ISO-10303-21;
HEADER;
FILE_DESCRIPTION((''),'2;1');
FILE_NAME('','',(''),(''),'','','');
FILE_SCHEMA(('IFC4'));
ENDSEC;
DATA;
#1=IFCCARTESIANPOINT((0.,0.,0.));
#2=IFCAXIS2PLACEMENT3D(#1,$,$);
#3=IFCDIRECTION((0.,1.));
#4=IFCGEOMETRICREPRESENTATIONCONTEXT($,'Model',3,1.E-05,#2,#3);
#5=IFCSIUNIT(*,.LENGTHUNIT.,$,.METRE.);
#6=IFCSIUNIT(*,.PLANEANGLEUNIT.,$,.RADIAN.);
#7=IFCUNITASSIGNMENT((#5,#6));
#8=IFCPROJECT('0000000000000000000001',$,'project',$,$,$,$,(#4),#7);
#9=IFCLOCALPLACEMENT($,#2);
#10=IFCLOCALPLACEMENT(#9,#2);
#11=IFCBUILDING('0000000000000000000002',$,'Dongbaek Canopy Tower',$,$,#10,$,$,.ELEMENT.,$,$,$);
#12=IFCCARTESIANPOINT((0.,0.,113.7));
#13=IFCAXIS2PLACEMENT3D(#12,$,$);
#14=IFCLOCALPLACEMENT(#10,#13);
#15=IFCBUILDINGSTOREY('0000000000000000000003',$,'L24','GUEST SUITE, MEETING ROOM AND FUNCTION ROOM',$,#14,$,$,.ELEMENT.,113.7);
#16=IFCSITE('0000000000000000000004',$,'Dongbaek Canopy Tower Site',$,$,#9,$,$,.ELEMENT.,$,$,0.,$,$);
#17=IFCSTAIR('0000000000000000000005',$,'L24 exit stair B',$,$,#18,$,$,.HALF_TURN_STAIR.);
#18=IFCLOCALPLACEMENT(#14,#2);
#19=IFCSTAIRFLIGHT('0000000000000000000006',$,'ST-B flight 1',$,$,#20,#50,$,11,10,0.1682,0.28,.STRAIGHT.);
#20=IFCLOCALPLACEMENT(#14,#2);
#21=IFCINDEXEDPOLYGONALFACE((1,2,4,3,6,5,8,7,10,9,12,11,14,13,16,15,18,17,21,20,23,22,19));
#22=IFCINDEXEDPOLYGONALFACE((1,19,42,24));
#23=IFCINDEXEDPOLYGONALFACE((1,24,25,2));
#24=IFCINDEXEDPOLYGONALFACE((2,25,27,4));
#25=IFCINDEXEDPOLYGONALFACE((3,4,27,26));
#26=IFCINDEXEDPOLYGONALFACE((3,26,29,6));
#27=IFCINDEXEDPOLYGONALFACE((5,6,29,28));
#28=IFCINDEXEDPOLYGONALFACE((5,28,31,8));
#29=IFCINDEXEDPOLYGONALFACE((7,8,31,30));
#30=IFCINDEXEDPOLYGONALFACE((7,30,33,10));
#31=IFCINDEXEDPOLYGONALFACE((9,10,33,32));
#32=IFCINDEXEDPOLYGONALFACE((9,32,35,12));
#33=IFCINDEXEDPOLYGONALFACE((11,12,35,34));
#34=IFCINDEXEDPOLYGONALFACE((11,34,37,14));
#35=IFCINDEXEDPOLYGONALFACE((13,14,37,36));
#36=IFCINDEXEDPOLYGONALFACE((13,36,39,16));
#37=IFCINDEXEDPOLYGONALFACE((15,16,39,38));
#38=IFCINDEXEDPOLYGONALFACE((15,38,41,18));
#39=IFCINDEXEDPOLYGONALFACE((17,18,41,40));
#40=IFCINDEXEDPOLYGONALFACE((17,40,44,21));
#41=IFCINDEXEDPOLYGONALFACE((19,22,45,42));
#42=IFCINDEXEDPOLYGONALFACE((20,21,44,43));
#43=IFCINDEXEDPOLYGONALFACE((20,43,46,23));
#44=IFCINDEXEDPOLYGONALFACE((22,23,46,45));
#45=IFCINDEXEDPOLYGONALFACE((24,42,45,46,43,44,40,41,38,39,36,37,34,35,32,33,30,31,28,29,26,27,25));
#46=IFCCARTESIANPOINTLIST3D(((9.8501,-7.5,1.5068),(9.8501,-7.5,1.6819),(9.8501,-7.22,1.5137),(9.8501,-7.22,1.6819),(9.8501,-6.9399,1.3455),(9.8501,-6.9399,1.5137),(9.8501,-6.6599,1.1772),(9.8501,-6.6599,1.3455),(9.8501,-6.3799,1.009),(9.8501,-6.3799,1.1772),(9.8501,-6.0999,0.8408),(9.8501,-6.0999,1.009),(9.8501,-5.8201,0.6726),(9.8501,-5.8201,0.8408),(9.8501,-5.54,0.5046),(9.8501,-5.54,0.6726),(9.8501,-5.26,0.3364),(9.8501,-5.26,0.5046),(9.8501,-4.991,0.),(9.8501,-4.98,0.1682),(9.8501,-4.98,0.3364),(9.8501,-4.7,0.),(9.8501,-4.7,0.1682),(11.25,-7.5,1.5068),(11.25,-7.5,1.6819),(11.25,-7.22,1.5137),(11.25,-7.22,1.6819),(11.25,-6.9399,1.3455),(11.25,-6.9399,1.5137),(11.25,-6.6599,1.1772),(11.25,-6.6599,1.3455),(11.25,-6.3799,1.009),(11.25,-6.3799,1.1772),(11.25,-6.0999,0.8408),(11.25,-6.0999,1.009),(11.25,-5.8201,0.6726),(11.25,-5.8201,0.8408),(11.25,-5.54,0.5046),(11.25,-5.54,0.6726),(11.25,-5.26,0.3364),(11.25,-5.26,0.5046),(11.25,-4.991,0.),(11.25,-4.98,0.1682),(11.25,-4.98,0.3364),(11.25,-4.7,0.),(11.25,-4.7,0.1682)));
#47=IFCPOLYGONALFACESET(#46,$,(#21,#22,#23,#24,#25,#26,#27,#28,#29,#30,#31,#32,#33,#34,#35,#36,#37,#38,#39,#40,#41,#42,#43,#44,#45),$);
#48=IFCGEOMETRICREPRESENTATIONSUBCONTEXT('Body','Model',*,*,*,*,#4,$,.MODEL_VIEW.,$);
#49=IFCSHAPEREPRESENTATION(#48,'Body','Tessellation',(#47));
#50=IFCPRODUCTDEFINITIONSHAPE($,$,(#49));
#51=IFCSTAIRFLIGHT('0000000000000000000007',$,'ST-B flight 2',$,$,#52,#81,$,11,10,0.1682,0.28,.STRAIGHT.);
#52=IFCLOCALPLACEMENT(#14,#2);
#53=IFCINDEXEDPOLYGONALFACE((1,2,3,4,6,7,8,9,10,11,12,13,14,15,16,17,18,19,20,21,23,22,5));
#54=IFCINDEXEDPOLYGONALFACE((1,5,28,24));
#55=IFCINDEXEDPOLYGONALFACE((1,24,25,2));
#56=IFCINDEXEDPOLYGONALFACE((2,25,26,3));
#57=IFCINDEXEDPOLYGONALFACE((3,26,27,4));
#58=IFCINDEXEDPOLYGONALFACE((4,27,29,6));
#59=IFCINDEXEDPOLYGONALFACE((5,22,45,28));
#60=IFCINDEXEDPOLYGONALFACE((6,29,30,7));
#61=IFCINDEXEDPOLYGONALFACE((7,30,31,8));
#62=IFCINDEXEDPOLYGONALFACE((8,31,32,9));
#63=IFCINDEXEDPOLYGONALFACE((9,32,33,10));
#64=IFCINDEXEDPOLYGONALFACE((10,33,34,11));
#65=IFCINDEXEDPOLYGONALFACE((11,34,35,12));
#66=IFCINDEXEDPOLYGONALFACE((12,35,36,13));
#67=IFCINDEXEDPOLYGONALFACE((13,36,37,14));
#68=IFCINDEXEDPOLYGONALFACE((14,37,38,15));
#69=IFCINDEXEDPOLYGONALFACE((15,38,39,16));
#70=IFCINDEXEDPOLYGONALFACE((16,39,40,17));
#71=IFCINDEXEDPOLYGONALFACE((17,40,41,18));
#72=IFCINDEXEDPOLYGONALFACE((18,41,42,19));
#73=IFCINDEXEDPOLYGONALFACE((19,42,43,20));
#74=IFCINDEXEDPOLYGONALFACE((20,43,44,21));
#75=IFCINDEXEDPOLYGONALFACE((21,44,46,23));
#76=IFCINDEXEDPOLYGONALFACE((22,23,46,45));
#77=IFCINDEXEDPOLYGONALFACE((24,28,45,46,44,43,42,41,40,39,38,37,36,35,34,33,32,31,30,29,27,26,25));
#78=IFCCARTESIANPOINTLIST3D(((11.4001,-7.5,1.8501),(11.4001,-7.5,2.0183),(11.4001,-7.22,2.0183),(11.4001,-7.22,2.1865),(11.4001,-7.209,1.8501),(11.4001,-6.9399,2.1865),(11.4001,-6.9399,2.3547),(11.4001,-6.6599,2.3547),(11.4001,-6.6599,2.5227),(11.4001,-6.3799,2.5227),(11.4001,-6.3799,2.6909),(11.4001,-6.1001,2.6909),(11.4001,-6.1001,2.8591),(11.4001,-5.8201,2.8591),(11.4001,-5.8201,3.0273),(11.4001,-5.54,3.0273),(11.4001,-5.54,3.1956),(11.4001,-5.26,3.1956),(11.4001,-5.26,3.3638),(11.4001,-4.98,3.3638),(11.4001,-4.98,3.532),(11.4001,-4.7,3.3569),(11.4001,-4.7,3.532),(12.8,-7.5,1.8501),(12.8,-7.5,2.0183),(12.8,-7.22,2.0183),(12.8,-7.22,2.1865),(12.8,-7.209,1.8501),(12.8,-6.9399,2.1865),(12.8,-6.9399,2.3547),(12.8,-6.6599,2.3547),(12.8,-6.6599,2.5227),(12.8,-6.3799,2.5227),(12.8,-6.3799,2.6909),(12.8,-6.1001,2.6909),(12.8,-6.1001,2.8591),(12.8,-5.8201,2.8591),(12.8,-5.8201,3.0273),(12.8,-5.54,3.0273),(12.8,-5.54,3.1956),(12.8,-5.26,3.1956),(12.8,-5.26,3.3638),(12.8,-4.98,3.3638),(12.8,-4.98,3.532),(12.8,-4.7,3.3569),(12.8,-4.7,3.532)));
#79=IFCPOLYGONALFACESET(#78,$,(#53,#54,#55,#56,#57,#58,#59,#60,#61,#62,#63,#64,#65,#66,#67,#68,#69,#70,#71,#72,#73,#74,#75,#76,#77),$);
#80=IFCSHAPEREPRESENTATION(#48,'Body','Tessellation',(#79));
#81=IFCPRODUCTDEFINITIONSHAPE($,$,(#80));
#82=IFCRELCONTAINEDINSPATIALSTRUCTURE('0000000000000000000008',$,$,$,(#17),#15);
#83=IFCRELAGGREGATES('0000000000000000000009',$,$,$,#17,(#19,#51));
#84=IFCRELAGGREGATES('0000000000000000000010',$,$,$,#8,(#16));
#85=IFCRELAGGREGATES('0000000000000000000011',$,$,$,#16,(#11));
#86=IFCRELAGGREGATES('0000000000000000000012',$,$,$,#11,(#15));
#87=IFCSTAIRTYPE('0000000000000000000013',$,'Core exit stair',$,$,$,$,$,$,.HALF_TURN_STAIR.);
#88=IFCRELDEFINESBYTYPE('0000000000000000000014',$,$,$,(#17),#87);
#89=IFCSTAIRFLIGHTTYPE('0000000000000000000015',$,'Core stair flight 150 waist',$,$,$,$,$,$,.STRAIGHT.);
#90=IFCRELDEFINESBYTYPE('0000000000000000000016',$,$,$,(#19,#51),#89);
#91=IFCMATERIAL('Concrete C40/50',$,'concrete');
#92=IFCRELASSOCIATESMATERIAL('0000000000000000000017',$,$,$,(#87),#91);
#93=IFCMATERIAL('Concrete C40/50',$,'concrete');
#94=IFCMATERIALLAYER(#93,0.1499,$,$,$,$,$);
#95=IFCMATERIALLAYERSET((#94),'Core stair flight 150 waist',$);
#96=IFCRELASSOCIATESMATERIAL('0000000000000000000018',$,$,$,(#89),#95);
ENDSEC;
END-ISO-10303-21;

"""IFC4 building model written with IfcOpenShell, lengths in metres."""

from ifc_helpers import new_model, si_unit, direction, frame, origin, place, context, subcontext, project, spatial, polyline, outline, extrude, material, layer, layer_set, type_object, element, aggregate, save


model = new_model("IFC4")

# Units and contexts
model_context = context("Model", 3, precision=1e-05, world=origin(), true_north=direction((0.0, 1.0)))
body_context = subcontext(model_context, "Body", "Model", "MODEL_VIEW")
ifc_project = project(units=[si_unit("LENGTHUNIT", "METRE"), si_unit("PLANEANGLEUNIT", "RADIAN")], contexts=[model_context])

# Site, building, storey
site_placement = place(None, origin())
site = spatial("IfcSite", under=ifc_project, at=site_placement, Name="Dongbaek Canopy Tower Site", CompositionType="ELEMENT", RefElevation=0.0)
building_placement = place(site_placement, origin())
building = spatial("IfcBuilding", under=site, at=building_placement, Name="Dongbaek Canopy Tower", CompositionType="ELEMENT")
storey_placement = place(building_placement, frame((0.0, 0.0, 113.7)))
storey = spatial("IfcBuildingStorey", under=building, at=storey_placement, Name="L24", Description="GUEST SUITE, MEETING ROOM AND FUNCTION ROOM", CompositionType="ELEMENT", Elevation=113.7)

# Stair
ifc_material_1 = material(Name="Concrete C40/50", Category="concrete")
stair_type = type_object("IfcStairType", Name="Core exit stair", PredefinedType="HALF_TURN_STAIR", material=ifc_material_1)
stair_1_placement = place(storey_placement, origin())
stair_1 = element("IfcStair", 1, at=stair_1_placement, inside=storey, type_object=stair_type, Name="L24 exit stair B", PredefinedType="HALF_TURN_STAIR")

# Stair flights
ifc_material_2 = material(Name="Concrete C40/50", Category="concrete")
ifc_layer_1 = layer(ifc_material_2, 0.1499)
ifc_layer_set_1 = layer_set([ifc_layer_1], Name="Core stair flight 150 waist")
stair_flight_type = type_object("IfcStairFlightType", Name="Core stair flight 150 waist", PredefinedType="STRAIGHT", material=ifc_layer_set_1)
stair_flight_1_placement = place(storey_placement, frame((10.55, -4.7, 0.0), z_axis=(0.0, 0.0, 1.0), x_axis=(0.0, -1.0, 0.0)))
stair_flight_1 = element("IfcStairFlight", 2, at=stair_flight_1_placement, type_object=stair_flight_type, Name="ST-B flight 1", NumberOfRisers=11, NumberOfTreads=10, PredefinedType="STRAIGHT", RiserHeight=0.1682, TreadLength=0.28, context=body_context, shape_type="SweptSolid", body=[
    extrude(outline(polyline([(0.0, 0.0), (0.0, 0.1682), (0.28, 0.1682), (0.28, 0.3364), (0.5601, 0.3364), (0.5601, 0.5046), (0.8401, 0.5046), (0.8401, 0.6726), (1.1201, 0.6726), (1.1201, 0.8408), (1.3999, 0.8408), (1.3999, 1.009), (1.6799, 1.009), (1.6799, 1.1772), (1.96, 1.1772), (1.96, 1.3455), (2.24, 1.3455), (2.24, 1.5137), (2.52, 1.5137), (2.52, 1.6819), (2.8, 1.6819), (2.8, 1.8501), (2.8, 1.5068), (0.291, 0.0), (0.0, 0.0)])), frame((0.0, 0.7, 0.0), z_axis=(0.0, -1.0, 0.0), x_axis=(1.0, 0.0, 0.0)), (0.0, 0.0, 1.0), 1.3999),
])
stair_flight_2_placement = place(storey_placement, frame((12.1001, -7.5, 1.8501), z_axis=(0.0, 0.0, 1.0), x_axis=(0.0, 1.0, 0.0)))
stair_flight_2 = element("IfcStairFlight", 3, at=stair_flight_2_placement, type_object=stair_flight_type, Name="ST-B flight 2", NumberOfRisers=11, NumberOfTreads=10, PredefinedType="STRAIGHT", RiserHeight=0.1682, TreadLength=0.28, context=body_context, shape_type="SweptSolid", body=[
    extrude(outline(polyline([(0.0, 0.0), (0.0, 0.1682), (0.28, 0.1682), (0.28, 0.3364), (0.5601, 0.3364), (0.5601, 0.5046), (0.8401, 0.5046), (0.8401, 0.6726), (1.1201, 0.6726), (1.1201, 0.8408), (1.3999, 0.8408), (1.3999, 1.009), (1.6799, 1.009), (1.6799, 1.1772), (1.96, 1.1772), (1.96, 1.3455), (2.24, 1.3455), (2.24, 1.5137), (2.52, 1.5137), (2.52, 1.6819), (2.8, 1.6819), (2.8, 1.8501), (2.8, 1.5068), (0.291, 0.0), (0.0, 0.0)])), frame((0.0, 0.7, 0.0), z_axis=(0.0, -1.0, 0.0), x_axis=(1.0, 0.0, 0.0)), (0.0, 0.0, 1.0), 1.3999),
])
aggregate(stair_1, [stair_flight_1, stair_flight_2])

save(model, "model.ifc")
